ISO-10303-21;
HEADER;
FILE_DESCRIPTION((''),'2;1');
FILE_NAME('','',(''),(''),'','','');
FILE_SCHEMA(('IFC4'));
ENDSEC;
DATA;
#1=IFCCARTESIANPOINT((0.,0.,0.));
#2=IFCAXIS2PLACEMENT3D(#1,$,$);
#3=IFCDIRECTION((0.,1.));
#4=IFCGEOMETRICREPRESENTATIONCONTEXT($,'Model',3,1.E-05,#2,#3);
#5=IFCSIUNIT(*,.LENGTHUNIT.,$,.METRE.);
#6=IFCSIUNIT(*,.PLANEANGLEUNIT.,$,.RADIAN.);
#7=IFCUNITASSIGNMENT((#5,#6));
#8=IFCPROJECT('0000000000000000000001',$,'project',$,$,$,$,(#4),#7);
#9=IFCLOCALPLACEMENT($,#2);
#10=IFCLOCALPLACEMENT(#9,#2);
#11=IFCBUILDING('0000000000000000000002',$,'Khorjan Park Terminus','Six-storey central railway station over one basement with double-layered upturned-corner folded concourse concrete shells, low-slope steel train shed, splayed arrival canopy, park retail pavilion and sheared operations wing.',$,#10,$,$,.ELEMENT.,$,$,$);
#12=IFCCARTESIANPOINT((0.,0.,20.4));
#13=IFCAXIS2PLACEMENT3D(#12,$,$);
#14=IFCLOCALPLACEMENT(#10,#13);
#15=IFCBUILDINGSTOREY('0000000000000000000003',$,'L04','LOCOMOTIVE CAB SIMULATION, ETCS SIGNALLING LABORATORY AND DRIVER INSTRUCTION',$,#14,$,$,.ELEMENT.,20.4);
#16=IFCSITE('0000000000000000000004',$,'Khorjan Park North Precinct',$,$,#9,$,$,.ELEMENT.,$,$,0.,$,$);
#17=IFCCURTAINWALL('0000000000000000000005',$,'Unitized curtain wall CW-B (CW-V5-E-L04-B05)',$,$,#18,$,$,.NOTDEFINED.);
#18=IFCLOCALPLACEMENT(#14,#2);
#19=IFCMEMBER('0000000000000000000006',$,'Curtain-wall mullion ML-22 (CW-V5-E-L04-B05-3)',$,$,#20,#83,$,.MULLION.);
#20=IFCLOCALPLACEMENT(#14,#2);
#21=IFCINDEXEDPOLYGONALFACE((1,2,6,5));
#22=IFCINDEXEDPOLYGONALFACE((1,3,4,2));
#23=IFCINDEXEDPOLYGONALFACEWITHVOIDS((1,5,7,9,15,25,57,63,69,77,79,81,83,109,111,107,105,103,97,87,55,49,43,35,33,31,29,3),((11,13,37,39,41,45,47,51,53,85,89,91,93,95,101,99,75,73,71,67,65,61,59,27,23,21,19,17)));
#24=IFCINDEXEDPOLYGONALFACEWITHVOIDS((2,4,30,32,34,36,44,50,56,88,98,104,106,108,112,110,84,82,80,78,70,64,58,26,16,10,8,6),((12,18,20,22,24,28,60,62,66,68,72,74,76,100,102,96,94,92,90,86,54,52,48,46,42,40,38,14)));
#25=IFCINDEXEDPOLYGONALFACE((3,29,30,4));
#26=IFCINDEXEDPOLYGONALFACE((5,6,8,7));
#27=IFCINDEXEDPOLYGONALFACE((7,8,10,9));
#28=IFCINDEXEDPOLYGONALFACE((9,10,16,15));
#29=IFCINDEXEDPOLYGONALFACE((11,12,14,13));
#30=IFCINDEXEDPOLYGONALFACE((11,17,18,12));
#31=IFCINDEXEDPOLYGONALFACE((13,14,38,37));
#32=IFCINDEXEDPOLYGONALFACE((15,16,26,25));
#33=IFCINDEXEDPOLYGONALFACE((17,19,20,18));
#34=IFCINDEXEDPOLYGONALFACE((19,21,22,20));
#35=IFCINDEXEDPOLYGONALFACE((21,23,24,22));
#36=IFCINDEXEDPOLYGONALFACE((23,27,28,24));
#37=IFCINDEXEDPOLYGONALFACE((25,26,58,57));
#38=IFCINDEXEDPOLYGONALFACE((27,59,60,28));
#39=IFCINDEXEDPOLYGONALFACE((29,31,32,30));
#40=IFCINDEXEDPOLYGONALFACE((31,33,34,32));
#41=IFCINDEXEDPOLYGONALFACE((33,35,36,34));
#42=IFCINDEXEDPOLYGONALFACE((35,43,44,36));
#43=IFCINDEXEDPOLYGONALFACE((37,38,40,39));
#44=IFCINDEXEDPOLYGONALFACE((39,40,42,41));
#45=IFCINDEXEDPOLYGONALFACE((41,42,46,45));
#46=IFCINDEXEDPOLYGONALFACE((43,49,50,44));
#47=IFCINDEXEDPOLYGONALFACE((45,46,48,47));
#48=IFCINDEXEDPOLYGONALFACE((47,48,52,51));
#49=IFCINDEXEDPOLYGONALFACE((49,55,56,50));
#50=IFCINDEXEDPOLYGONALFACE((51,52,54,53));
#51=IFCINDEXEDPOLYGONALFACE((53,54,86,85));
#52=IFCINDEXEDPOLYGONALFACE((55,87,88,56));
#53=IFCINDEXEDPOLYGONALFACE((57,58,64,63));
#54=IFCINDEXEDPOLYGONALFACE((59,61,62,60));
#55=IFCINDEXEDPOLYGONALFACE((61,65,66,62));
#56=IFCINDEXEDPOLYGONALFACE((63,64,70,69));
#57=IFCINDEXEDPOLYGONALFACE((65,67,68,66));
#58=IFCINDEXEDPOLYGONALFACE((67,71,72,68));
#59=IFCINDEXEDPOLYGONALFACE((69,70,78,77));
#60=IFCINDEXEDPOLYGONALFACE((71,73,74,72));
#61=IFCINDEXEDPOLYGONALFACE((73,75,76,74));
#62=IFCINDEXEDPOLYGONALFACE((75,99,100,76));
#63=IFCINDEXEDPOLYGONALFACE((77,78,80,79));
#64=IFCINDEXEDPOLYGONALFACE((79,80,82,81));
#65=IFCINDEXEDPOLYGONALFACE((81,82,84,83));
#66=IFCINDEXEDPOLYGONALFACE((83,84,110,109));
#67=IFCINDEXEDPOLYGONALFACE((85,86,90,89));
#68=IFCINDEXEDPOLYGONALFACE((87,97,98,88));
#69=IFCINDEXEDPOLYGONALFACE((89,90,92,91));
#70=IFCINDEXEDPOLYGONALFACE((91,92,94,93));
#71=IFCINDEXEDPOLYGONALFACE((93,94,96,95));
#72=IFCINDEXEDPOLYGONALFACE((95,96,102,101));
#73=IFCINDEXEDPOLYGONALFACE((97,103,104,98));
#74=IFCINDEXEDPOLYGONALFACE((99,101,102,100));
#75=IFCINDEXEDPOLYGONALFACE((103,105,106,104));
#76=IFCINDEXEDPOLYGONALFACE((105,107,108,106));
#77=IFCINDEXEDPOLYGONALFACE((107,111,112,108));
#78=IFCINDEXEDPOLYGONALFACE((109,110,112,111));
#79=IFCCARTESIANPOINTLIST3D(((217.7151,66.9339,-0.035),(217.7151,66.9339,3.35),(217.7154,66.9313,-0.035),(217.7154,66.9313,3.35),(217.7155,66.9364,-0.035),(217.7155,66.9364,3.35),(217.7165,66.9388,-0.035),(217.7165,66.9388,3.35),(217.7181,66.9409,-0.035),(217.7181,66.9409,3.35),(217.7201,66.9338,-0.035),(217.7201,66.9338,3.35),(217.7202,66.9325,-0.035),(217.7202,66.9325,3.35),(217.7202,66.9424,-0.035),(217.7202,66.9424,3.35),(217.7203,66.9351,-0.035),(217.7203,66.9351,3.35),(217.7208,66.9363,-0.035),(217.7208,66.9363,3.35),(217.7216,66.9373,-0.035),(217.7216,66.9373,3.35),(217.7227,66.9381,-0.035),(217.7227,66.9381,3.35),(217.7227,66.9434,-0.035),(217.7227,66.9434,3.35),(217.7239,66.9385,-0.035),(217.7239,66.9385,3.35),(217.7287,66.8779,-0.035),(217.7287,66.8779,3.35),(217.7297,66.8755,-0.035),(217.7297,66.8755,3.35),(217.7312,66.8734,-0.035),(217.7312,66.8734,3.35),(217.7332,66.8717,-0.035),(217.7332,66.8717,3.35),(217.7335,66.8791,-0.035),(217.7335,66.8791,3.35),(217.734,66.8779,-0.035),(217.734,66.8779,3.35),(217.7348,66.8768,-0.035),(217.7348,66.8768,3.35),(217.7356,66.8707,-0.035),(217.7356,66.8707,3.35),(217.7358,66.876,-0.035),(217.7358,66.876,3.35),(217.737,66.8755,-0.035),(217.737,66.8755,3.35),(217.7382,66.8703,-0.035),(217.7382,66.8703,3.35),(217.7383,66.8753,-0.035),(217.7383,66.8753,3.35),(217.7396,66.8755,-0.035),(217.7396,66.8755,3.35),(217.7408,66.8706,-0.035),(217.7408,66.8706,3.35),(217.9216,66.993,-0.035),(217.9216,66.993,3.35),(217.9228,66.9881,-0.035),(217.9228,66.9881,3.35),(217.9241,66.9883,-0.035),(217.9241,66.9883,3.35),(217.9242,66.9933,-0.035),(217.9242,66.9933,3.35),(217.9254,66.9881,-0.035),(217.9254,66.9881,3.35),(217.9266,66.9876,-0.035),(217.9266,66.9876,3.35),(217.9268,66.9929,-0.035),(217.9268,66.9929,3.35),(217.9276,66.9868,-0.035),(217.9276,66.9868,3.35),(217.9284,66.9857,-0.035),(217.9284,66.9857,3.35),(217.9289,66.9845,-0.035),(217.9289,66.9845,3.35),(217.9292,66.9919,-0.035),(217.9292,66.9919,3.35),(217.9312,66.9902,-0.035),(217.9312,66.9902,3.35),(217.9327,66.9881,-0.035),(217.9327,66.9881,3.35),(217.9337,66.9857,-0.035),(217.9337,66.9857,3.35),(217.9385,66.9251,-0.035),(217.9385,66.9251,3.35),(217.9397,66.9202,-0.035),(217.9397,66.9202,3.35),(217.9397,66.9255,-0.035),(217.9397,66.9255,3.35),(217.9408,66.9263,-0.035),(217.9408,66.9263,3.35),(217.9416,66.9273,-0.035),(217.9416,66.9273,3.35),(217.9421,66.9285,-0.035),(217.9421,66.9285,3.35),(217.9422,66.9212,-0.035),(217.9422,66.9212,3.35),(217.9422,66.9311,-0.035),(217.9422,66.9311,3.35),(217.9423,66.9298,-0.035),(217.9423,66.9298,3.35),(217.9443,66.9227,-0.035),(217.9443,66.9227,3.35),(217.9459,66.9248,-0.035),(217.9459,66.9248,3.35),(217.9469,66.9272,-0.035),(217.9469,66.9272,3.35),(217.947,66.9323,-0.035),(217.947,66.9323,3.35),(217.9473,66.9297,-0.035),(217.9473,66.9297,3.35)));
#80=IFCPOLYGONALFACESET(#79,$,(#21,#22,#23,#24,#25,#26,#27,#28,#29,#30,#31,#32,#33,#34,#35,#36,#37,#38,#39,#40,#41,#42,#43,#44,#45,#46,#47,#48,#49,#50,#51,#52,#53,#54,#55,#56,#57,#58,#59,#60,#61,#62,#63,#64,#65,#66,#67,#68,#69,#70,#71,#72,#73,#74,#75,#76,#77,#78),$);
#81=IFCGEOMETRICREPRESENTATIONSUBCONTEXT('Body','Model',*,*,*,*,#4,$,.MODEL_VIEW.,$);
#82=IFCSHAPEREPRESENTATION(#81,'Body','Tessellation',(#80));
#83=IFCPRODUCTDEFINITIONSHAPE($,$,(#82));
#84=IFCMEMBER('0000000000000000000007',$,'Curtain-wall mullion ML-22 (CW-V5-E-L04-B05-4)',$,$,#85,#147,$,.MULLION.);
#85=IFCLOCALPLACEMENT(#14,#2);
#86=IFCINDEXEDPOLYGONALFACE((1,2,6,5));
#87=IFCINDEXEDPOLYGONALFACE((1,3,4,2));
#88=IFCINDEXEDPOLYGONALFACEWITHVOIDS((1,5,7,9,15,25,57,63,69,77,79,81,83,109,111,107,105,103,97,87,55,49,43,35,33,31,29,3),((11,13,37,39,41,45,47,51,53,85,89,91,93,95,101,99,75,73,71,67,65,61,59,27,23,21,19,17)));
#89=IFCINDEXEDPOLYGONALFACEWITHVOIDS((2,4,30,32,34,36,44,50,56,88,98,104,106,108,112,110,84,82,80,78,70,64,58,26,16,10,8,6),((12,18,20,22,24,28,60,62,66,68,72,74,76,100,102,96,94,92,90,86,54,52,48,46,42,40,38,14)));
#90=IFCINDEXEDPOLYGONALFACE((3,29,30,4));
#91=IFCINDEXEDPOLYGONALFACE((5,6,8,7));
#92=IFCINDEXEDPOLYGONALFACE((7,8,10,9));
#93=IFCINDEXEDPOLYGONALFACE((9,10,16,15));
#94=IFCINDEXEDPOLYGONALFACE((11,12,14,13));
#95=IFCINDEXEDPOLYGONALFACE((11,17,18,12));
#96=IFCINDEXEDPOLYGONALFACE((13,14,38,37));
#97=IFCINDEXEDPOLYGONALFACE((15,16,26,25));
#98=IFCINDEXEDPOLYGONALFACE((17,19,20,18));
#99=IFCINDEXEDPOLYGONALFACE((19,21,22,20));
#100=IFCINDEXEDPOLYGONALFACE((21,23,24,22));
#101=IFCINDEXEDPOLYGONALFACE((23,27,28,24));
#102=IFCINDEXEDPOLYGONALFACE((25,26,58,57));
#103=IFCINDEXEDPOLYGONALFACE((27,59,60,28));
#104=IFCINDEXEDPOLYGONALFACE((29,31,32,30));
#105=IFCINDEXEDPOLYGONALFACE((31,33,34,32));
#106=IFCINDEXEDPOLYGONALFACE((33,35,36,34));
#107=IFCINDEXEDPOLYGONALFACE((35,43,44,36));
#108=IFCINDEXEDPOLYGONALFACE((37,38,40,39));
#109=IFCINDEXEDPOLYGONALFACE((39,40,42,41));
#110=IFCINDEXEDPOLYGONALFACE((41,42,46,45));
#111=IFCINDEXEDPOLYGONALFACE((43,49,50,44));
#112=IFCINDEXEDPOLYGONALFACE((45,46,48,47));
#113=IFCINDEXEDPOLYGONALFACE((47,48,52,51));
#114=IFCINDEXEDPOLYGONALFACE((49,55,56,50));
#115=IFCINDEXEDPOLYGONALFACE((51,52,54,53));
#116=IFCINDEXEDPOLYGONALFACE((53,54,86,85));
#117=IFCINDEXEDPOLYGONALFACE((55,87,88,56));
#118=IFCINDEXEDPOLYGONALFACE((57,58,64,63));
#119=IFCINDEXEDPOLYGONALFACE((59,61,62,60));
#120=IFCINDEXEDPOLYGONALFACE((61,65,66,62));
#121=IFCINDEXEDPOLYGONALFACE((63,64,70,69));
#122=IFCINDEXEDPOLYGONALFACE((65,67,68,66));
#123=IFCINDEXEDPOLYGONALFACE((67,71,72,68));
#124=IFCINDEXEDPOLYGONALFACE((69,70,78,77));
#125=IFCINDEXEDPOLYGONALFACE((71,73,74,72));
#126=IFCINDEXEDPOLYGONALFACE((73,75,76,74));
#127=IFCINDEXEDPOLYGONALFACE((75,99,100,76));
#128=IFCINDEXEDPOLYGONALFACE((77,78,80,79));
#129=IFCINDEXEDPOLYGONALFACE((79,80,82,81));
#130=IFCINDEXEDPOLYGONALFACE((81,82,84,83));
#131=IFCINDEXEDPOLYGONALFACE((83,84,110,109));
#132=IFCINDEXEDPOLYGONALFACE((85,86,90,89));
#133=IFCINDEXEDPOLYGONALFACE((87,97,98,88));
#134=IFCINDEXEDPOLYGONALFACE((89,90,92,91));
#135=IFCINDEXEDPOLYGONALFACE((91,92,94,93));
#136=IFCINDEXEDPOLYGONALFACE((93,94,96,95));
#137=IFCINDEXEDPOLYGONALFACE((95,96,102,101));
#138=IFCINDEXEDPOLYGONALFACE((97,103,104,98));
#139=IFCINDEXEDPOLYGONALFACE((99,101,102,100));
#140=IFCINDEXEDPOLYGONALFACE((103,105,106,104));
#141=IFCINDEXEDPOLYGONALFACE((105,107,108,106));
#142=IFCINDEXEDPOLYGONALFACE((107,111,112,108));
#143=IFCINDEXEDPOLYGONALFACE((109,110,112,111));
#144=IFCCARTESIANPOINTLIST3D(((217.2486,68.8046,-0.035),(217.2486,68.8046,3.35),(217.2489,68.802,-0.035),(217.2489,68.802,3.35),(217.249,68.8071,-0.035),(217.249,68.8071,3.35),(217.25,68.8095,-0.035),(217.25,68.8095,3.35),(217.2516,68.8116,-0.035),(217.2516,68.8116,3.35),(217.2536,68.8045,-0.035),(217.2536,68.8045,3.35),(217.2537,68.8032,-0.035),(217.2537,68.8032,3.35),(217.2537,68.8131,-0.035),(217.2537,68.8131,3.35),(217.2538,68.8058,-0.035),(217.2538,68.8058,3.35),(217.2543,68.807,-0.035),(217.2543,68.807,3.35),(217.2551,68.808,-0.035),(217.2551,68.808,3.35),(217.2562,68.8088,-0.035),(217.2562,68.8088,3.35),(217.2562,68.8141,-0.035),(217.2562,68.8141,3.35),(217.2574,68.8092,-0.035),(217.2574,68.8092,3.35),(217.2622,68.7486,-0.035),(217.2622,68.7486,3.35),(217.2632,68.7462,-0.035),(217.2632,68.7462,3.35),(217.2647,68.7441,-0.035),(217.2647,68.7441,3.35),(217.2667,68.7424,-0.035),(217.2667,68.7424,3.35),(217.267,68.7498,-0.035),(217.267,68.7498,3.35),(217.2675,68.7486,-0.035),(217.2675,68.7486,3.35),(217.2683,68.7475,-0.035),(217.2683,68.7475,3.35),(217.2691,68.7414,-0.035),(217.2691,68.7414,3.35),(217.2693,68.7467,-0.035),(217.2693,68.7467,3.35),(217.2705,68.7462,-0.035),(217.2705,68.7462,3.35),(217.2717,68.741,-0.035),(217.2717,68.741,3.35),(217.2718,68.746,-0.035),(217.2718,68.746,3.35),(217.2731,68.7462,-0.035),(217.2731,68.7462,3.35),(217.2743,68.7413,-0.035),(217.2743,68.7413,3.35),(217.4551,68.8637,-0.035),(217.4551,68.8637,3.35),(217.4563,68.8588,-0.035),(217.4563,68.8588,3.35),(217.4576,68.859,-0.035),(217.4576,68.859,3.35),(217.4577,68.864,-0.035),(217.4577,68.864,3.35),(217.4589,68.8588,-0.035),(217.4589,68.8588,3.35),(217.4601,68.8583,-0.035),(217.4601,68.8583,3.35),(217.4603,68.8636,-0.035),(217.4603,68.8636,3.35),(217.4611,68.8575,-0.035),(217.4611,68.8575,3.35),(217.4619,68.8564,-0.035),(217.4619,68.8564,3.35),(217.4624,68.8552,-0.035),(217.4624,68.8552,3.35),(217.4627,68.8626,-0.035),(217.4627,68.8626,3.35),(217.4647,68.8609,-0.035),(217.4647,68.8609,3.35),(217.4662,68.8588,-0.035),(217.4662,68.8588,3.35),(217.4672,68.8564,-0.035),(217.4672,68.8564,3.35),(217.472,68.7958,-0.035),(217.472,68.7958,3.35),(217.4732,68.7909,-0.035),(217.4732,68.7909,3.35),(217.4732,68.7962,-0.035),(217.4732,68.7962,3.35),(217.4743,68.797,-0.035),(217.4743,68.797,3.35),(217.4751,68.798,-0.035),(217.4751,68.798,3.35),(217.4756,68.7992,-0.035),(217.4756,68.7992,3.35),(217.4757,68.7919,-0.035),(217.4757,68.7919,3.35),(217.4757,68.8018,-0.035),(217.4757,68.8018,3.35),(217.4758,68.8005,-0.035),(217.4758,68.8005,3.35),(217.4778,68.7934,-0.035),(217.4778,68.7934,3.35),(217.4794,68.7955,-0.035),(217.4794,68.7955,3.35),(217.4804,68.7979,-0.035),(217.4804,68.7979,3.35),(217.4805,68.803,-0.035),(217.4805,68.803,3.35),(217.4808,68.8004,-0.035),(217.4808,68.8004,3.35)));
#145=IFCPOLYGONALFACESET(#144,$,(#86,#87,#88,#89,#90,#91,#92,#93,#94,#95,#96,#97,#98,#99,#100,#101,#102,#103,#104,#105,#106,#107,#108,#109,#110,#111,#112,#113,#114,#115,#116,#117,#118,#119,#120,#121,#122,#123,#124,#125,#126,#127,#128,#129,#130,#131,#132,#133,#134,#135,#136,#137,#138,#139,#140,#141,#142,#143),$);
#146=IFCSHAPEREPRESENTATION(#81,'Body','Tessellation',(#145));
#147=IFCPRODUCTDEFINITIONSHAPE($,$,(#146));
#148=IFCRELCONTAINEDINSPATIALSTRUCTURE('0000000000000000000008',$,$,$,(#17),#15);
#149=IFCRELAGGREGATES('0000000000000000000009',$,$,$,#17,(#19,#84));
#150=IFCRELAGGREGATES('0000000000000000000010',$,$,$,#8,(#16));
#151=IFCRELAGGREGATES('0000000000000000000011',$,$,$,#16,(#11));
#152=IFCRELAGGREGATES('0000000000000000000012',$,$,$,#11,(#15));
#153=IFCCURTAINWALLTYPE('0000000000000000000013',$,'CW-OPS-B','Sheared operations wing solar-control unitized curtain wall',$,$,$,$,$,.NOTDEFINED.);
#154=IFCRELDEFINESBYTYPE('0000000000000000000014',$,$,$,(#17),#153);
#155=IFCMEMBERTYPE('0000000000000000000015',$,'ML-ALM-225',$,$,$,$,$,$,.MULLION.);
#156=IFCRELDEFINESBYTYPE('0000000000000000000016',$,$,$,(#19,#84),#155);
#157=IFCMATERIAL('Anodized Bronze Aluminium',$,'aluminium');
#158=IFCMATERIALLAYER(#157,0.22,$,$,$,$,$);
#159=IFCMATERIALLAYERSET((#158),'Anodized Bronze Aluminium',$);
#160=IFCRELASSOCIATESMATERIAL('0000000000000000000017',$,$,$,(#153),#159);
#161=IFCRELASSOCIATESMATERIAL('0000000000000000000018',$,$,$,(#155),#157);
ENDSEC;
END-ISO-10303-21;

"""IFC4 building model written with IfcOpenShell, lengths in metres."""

from ifc_helpers import new_model, si_unit, direction, frame, origin, origin_2d, place, context, subcontext, project, spatial, hollow_rectangle, extrude, material, layer, layer_set, material_profile, profile_set, type_object, element, aggregate, save


model = new_model("IFC4")

# Units and contexts
model_context = context("Model", 3, precision=1e-05, world=origin(), true_north=direction((0.0, 1.0)))
body_context = subcontext(model_context, "Body", "Model", "MODEL_VIEW")
ifc_project = project(units=[si_unit("LENGTHUNIT", "METRE"), si_unit("PLANEANGLEUNIT", "RADIAN")], contexts=[model_context])

# Site, building, storey
site_placement = place(None, origin())
site = spatial("IfcSite", under=ifc_project, at=site_placement, Name="Khorjan Park North Precinct", CompositionType="ELEMENT", RefElevation=0.0)
building_placement = place(site_placement, origin())
building = spatial("IfcBuilding", under=site, at=building_placement, Name="Khorjan Park Terminus", Description="Six-storey central railway station over one basement with double-layered upturned-corner folded concourse concrete shells, low-slope steel train shed, splayed arrival canopy, park retail pavilion and sheared operations wing.", CompositionType="ELEMENT")
storey_placement = place(building_placement, frame((0.0, 0.0, 20.4)))
storey = spatial("IfcBuildingStorey", under=building, at=storey_placement, Name="L04", Description="LOCOMOTIVE CAB SIMULATION, ETCS SIGNALLING LABORATORY AND DRIVER INSTRUCTION", CompositionType="ELEMENT", Elevation=20.4)

# Curtain wall, members
ifc_material_1 = material(Name="Anodized Bronze Aluminium", Category="aluminium")
ifc_layer_1 = layer(ifc_material_1, 0.22)
ifc_layer_set_1 = layer_set([ifc_layer_1], Name="Anodized Bronze Aluminium")
curtain_wall_type = type_object("IfcCurtainWallType", Name="CW-OPS-B", Description="Sheared operations wing solar-control unitized curtain wall", PredefinedType="NOTDEFINED", material=ifc_layer_set_1)
curtain_wall_placement = place(storey_placement, origin())
curtain_wall = element("IfcCurtainWall", 1, at=curtain_wall_placement, inside=storey, type_object=curtain_wall_type, Name="Unitized curtain wall CW-B (CW-V5-E-L04-B05)", PredefinedType="NOTDEFINED")
ifc_material_profile_1 = material_profile(ifc_material_1, hollow_rectangle(XDim=0.075, YDim=0.225, WallThickness=0.005, InnerFilletRadius=0.005, OuterFilletRadius=0.01, at=origin_2d()), Name="ALM 75x225x5")
ifc_profile_set_1 = profile_set([ifc_material_profile_1], Name="Anodized Bronze Aluminium")
member_type_1 = type_object("IfcMemberType", Name="ML-ALM-225", PredefinedType="MULLION", material=ifc_profile_set_1)
member_1_placement = place(storey_placement, frame((217.8312, 66.9318, -0.035), z_axis=(0.0, 0.0, 1.0), x_axis=(-0.241935, 0.970292, 0.0)))
member_1 = element("IfcMember", 2, at=member_1_placement, type_object=member_type_1, Name="Curtain-wall mullion ML-22 (CW-V5-E-L04-B05-3)", PredefinedType="MULLION", context=body_context, shape_type="SweptSolid", body=[
    extrude(hollow_rectangle(XDim=0.075, YDim=0.225, WallThickness=0.005, InnerFilletRadius=0.005, OuterFilletRadius=0.01, at=origin_2d()), origin(), (0.0, 0.0, 1.0), 3.385),
])
member_2_placement = place(storey_placement, frame((217.3647, 68.8025, -0.035), z_axis=(0.0, 0.0, 1.0), x_axis=(-0.241935, 0.970292, 0.0)))
member_2 = element("IfcMember", 3, at=member_2_placement, type_object=member_type_1, Name="Curtain-wall mullion ML-22 (CW-V5-E-L04-B05-4)", PredefinedType="MULLION", context=body_context, shape_type="SweptSolid", body=[
    extrude(hollow_rectangle(XDim=0.075, YDim=0.225, WallThickness=0.005, InnerFilletRadius=0.005, OuterFilletRadius=0.01, at=origin_2d()), origin(), (0.0, 0.0, 1.0), 3.385),
])
aggregate(curtain_wall, [member_1, member_2])

save(model, "model.ifc")
